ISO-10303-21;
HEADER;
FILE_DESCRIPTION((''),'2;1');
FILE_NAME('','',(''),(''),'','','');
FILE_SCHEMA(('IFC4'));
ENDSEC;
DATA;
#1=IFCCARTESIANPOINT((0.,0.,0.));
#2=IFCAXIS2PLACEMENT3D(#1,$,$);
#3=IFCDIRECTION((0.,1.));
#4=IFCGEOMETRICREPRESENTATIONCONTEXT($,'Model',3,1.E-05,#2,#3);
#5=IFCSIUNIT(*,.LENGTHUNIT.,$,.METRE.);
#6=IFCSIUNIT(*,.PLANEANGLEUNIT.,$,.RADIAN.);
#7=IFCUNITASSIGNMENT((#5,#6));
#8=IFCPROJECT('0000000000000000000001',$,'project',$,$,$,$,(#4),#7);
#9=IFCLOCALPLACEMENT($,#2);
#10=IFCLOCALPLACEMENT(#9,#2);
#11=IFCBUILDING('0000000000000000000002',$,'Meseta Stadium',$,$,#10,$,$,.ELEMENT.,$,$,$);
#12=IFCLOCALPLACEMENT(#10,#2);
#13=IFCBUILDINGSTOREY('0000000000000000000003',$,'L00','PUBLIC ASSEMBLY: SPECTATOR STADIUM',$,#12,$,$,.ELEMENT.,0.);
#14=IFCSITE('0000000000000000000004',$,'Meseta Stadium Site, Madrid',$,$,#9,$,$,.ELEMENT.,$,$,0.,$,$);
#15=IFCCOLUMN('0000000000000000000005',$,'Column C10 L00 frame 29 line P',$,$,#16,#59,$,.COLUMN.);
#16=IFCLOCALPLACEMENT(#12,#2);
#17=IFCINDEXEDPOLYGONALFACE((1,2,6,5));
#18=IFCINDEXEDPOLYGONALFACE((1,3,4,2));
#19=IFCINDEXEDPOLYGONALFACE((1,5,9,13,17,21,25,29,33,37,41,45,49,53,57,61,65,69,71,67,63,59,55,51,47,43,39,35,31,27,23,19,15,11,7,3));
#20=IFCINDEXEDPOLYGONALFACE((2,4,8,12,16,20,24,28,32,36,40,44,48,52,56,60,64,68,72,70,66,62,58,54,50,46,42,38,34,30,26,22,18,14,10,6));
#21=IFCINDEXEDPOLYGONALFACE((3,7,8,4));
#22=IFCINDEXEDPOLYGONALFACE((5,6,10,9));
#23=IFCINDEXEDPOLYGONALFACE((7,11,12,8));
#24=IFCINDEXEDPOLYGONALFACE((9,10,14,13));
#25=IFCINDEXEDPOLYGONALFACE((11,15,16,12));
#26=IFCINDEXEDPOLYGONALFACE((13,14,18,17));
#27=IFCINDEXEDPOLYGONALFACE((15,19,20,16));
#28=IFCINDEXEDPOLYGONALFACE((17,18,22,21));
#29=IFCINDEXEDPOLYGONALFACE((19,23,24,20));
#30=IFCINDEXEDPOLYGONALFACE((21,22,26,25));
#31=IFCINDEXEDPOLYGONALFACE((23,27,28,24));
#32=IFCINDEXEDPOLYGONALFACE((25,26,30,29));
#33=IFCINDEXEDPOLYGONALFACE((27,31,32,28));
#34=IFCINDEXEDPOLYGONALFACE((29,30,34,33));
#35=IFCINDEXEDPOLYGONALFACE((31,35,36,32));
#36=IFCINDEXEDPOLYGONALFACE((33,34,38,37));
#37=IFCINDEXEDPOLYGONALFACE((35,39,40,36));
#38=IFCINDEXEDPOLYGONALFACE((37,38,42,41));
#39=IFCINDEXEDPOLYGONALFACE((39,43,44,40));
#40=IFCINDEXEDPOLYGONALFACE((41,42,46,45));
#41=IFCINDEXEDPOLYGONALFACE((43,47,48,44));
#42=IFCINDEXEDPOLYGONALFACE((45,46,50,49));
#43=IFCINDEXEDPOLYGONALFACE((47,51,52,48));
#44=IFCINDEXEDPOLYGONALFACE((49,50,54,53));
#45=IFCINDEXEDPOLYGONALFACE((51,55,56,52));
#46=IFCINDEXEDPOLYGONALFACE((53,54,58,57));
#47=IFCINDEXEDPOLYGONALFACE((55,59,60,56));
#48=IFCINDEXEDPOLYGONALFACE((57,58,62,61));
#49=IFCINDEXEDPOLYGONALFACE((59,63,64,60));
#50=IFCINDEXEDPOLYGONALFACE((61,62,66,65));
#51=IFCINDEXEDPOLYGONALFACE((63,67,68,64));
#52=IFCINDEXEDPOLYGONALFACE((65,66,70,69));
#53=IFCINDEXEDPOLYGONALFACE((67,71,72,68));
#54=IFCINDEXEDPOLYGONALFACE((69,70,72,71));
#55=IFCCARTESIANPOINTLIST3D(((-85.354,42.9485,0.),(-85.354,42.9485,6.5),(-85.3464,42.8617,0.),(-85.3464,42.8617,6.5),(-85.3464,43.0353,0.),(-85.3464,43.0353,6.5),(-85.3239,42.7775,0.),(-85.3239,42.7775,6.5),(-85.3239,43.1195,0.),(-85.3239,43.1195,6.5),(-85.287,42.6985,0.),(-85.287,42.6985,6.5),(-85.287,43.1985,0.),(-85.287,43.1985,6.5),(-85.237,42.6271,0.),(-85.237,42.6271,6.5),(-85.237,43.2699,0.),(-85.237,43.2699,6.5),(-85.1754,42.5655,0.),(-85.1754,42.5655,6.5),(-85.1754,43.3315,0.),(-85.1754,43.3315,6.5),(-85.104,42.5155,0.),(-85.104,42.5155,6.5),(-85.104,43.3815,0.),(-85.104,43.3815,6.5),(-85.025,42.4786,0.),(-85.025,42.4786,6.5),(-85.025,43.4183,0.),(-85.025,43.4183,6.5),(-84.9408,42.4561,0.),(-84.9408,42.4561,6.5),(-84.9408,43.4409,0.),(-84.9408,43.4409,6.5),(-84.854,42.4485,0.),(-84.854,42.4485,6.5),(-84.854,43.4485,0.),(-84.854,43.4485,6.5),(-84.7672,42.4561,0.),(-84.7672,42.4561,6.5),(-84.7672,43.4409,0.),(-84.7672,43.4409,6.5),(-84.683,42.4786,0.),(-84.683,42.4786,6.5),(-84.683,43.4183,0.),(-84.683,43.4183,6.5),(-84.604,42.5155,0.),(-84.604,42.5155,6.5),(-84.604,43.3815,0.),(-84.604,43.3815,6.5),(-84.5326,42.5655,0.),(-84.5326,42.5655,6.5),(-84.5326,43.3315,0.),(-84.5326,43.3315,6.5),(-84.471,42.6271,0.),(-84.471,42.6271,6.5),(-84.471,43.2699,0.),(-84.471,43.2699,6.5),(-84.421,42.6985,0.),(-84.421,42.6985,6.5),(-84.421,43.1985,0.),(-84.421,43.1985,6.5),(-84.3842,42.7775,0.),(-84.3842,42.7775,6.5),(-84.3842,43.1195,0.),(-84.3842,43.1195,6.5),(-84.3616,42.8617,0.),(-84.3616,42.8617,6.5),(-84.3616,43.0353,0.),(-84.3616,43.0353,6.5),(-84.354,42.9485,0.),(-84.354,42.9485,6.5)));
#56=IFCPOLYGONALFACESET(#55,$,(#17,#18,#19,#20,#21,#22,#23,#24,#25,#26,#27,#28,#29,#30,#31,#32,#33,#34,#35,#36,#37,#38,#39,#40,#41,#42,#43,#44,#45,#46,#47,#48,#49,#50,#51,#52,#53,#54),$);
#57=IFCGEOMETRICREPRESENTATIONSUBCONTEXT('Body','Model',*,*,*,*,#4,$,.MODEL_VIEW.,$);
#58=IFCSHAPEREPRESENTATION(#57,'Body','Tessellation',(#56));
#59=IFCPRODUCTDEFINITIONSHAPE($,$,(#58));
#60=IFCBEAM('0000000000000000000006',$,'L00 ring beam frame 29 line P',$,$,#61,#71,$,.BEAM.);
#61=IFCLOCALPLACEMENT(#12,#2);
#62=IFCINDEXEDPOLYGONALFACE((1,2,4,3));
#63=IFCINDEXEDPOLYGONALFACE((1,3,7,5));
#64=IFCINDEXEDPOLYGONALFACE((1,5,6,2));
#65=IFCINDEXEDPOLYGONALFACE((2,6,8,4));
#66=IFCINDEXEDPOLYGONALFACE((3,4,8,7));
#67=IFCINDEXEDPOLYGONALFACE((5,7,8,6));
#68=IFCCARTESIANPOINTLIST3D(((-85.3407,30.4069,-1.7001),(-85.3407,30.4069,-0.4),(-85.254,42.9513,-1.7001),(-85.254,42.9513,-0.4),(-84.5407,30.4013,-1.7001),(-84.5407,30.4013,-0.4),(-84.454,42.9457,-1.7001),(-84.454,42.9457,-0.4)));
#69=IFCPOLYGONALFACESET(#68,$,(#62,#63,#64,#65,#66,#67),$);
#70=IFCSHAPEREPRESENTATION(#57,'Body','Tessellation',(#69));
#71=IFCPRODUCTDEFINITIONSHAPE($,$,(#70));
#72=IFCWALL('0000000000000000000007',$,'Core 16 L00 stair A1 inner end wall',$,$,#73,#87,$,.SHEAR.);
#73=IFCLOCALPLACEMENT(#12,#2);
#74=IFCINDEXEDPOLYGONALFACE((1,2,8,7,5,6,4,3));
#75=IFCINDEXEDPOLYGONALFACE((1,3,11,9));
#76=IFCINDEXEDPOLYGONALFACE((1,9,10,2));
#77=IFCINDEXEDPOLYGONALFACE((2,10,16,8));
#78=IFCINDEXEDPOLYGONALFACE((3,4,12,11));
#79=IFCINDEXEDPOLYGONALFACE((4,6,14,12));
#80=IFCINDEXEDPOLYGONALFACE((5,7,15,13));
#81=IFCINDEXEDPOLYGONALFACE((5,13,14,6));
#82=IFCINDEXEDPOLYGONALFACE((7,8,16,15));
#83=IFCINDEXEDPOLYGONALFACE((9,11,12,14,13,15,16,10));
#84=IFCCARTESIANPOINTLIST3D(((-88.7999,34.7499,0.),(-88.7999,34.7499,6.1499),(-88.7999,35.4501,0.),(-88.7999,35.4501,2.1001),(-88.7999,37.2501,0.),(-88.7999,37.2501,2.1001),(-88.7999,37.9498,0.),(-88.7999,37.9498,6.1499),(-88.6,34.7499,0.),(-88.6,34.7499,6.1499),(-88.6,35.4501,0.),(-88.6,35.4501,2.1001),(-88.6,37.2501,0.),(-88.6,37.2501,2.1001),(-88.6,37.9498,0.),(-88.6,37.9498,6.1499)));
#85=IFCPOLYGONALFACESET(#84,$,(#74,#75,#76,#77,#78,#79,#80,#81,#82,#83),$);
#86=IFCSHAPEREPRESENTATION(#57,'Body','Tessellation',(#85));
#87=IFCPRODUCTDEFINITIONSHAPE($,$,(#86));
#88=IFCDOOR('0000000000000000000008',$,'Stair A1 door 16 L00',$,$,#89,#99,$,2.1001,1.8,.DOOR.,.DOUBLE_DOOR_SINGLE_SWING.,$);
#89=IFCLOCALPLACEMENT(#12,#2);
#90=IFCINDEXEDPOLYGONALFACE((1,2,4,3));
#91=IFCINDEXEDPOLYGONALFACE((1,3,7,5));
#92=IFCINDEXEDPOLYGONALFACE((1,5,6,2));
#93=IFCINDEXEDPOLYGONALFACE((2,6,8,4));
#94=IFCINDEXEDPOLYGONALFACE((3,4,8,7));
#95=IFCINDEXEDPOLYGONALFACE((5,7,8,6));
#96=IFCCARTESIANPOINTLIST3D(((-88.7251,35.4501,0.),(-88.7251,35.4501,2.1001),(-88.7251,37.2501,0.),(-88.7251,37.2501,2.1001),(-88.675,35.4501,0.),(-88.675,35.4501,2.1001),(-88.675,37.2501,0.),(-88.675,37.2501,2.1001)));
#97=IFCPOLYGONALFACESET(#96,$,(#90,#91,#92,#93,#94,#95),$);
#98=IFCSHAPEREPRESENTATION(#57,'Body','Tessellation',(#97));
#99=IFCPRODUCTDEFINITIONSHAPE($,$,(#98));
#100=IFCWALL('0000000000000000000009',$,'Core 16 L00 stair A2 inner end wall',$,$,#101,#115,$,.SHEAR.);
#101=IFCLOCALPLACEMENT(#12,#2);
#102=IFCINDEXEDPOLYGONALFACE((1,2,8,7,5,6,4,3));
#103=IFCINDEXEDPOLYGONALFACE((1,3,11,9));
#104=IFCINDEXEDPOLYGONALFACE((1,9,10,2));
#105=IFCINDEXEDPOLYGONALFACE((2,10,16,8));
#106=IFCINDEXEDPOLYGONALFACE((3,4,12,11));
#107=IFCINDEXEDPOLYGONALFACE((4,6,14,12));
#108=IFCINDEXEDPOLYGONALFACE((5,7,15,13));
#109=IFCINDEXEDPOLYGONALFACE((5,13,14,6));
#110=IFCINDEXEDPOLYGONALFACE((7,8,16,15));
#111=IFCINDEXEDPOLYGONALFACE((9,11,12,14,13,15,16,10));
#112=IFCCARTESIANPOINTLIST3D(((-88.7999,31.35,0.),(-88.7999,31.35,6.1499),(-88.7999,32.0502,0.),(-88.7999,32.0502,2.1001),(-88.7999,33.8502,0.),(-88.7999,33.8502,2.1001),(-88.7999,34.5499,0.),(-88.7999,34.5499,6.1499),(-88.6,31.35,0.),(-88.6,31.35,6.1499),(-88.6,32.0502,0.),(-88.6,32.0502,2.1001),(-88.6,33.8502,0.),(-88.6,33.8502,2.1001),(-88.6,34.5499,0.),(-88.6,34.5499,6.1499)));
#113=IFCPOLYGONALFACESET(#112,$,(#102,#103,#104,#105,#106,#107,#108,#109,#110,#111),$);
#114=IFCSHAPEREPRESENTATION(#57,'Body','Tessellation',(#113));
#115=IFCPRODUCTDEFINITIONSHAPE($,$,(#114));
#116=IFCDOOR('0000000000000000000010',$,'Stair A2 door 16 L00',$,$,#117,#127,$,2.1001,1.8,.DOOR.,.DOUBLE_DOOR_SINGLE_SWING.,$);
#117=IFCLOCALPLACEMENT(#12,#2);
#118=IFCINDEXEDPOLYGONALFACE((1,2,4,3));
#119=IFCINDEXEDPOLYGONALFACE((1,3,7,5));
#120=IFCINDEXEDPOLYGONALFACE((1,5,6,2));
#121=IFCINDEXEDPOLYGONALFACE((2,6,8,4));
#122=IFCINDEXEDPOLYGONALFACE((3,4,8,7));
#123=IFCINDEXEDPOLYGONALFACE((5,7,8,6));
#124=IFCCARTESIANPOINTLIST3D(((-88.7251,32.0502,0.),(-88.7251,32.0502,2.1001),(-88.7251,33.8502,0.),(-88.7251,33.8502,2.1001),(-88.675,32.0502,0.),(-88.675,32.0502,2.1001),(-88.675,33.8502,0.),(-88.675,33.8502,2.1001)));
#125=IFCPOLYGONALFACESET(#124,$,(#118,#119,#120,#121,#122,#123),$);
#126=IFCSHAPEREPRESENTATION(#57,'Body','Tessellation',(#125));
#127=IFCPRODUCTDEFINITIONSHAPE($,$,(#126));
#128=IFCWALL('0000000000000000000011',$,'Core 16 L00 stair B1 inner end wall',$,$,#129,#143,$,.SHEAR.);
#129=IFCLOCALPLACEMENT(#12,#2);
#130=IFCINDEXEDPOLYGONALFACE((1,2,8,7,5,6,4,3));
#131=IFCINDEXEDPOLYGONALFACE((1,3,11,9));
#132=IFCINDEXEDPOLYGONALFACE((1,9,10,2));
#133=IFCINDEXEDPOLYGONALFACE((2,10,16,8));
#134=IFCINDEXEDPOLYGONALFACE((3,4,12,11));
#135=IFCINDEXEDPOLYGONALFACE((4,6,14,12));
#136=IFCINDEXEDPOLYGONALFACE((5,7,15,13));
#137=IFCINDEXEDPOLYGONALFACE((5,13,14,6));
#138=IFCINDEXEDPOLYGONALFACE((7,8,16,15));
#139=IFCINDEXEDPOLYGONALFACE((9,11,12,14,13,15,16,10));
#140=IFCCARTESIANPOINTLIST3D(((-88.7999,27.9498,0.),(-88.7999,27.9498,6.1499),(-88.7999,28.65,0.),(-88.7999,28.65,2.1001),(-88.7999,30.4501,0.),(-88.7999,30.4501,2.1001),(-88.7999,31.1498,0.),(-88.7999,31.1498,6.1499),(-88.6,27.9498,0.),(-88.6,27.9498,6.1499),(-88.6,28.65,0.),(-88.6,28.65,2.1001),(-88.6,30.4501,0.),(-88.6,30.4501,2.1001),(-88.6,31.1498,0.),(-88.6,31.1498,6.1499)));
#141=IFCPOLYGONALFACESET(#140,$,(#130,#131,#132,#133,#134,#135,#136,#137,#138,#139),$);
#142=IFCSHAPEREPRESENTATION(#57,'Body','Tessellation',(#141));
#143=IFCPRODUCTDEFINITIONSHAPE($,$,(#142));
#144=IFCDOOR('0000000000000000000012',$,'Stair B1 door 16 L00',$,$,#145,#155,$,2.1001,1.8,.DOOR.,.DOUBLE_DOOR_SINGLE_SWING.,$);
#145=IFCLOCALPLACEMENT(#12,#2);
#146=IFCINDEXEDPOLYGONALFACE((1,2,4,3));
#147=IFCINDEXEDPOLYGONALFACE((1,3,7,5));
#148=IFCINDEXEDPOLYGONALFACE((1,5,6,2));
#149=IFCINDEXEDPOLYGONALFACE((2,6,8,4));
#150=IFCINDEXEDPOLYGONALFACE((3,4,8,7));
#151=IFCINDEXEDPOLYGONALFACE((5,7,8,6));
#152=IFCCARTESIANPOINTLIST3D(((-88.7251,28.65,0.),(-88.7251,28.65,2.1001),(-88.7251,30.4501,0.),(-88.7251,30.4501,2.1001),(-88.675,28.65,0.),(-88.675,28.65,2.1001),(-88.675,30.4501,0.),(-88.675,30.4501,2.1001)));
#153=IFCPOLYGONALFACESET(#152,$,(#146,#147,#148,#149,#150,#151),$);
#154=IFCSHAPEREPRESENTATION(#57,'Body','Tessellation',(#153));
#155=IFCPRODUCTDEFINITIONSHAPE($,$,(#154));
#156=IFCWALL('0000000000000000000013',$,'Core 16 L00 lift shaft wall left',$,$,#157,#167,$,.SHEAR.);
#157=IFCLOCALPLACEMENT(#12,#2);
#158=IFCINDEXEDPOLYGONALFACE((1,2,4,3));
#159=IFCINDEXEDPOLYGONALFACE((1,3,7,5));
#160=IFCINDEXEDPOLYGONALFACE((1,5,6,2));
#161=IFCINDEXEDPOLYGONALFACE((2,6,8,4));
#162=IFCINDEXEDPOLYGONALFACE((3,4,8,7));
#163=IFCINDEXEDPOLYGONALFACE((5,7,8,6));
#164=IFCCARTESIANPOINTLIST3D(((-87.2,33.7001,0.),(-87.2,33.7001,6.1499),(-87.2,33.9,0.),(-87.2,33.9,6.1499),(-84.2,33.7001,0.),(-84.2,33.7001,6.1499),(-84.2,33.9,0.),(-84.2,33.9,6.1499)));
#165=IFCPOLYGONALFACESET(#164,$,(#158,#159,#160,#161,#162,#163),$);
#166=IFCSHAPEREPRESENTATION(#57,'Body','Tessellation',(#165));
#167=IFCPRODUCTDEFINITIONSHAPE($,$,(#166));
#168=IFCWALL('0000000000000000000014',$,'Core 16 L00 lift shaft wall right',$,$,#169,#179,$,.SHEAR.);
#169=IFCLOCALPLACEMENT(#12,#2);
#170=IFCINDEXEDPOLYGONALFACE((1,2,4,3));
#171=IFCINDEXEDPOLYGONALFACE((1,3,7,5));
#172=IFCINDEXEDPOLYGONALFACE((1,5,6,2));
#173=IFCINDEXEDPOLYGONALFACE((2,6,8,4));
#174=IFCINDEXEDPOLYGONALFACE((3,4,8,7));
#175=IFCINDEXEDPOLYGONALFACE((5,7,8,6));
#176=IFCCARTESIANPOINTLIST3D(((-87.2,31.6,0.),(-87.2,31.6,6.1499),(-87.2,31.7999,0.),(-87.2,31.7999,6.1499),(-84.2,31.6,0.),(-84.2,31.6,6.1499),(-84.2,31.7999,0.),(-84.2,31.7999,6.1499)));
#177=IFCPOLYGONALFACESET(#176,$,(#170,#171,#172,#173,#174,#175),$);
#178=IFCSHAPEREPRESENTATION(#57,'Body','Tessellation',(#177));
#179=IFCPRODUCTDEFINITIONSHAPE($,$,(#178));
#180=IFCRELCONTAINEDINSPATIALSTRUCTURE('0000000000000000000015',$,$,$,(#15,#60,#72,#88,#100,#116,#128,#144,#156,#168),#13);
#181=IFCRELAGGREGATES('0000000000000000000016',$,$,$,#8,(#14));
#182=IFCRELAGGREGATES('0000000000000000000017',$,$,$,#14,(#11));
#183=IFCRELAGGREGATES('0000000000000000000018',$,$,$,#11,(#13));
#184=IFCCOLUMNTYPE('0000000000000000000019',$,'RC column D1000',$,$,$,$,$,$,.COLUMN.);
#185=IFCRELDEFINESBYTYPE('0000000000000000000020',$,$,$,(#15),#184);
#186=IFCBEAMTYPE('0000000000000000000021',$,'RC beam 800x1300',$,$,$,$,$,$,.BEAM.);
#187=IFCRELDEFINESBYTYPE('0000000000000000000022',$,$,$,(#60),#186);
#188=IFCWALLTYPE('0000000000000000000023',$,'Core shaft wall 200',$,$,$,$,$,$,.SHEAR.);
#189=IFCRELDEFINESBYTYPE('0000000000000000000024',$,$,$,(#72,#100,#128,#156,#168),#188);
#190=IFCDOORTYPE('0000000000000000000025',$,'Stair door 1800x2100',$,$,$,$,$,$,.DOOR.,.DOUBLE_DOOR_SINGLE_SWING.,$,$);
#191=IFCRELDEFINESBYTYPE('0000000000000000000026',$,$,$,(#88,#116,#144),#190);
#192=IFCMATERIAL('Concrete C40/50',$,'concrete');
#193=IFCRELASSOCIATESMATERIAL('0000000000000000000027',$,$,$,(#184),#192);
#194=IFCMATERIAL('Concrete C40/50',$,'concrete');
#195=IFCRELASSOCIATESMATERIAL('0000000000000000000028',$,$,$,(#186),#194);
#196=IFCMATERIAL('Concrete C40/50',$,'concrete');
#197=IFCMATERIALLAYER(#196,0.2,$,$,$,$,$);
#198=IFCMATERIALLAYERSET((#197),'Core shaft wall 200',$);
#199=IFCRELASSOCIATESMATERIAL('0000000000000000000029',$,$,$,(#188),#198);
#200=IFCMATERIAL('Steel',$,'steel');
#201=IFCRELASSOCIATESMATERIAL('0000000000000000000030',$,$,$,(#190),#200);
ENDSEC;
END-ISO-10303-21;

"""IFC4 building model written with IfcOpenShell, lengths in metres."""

from ifc_helpers import new_model, si_unit, direction, frame, frame_2d, origin, origin_2d, place, context, subcontext, project, spatial, rectangle, circle, extrude, material, layer, layer_set, material_profile, profile_set, type_object, element, fill, save


model = new_model("IFC4")

# Units and contexts
model_context = context("Model", 3, precision=1e-05, world=origin(), true_north=direction((0.0, 1.0)))
body_context = subcontext(model_context, "Body", "Model", "MODEL_VIEW")
ifc_project = project(units=[si_unit("LENGTHUNIT", "METRE"), si_unit("PLANEANGLEUNIT", "RADIAN")], contexts=[model_context])

# Site, building, storey
site_placement = place(None, origin())
site = spatial("IfcSite", under=ifc_project, at=site_placement, Name="Meseta Stadium Site, Madrid", CompositionType="ELEMENT", RefElevation=0.0)
building_placement = place(site_placement, origin())
building = spatial("IfcBuilding", under=site, at=building_placement, Name="Meseta Stadium", CompositionType="ELEMENT")
storey_placement = place(building_placement, origin())
storey = spatial("IfcBuildingStorey", under=building, at=storey_placement, Name="L00", Description="PUBLIC ASSEMBLY: SPECTATOR STADIUM", CompositionType="ELEMENT", Elevation=0.0)

# Column
ifc_material_1 = material(Name="Concrete C40/50", Category="concrete")
ifc_material_profile_1 = material_profile(ifc_material_1, circle(Radius=0.5, at=origin_2d()), Name="RC D1000")
ifc_profile_set_1 = profile_set([ifc_material_profile_1], Name="Concrete C40/50")
column_type = type_object("IfcColumnType", Name="RC column D1000", PredefinedType="COLUMN", material=ifc_profile_set_1)
column_placement = place(storey_placement, frame((-84.854, 42.9485, 0.0), z_axis=(0.0, 0.0, 1.0), x_axis=(1.0, 0.0, 0.0)))
element("IfcColumn", 1, at=column_placement, inside=storey, type_object=column_type, Name="Column C10 L00 frame 29 line P", PredefinedType="COLUMN", context=body_context, shape_type="SweptSolid", body=[
    extrude(circle(Radius=0.5, at=origin_2d()), origin(), (0.0, 0.0, 1.0), 6.5),
])

# Beam
ifc_material_2 = material(Name="Concrete C40/50", Category="concrete")
ifc_material_profile_2 = material_profile(ifc_material_2, rectangle(XDim=0.8, YDim=1.3, at=origin_2d()), Name="RC 800x1300")
ifc_profile_set_2 = profile_set([ifc_material_profile_2], Name="Concrete C40/50")
beam_type = type_object("IfcBeamType", Name="RC beam 800x1300", PredefinedType="BEAM", material=ifc_profile_set_2)
beam_placement = place(storey_placement, frame((-84.854, 42.9485, -1.05), z_axis=(-0.006909, -0.999976, 0.0), x_axis=(0.999976, -0.006909, 0.0)))
element("IfcBeam", 2, at=beam_placement, inside=storey, type_object=beam_type, Name="L00 ring beam frame 29 line P", PredefinedType="BEAM", context=body_context, shape_type="SweptSolid", body=[
    extrude(rectangle(XDim=0.8, YDim=1.3, at=origin_2d()), origin(), (0.0, 0.0, 1.0), 12.5447),
])

# Walls, openings, doors
ifc_material_3 = material(Name="Concrete C40/50", Category="concrete")
ifc_layer_1 = layer(ifc_material_3, 0.2)
ifc_layer_set_1 = layer_set([ifc_layer_1], Name="Core shaft wall 200")
wall_type_1 = type_object("IfcWallType", Name="Core shaft wall 200", PredefinedType="SHEAR", material=ifc_layer_set_1)
wall_1_placement = place(storey_placement, frame((-88.7, 37.95, 0.0), z_axis=(0.0, 0.0, 1.0), x_axis=(0.0, -1.0, 0.0)))
wall_1 = element("IfcWall", 3, at=wall_1_placement, inside=storey, type_object=wall_type_1, Name="Core 16 L00 stair A1 inner end wall", PredefinedType="SHEAR", context=body_context, shape_type="SweptSolid", body=[
    extrude(rectangle(XDim=3.2, YDim=0.2, at=frame_2d((1.6001, 0.0))), origin(), (0.0, 0.0, 1.0), 6.1499),
])
opening_1_placement = place(wall_1_placement, frame((0.7, 0.0, 0.0)))
opening_1 = element("IfcOpeningElement", 4, at=opening_1_placement, cuts=wall_1, PredefinedType="OPENING", context=body_context, shape_type="SweptSolid", body=[
    extrude(rectangle(XDim=1.8, YDim=2.1001, at=frame_2d((0.8999, 1.05))), frame((0.0, 0.1099, 0.0), z_axis=(0.0, -1.0, 0.0), x_axis=(1.0, 0.0, 0.0)), (0.0, 0.0, 1.0), 0.22),
])
ifc_material_4 = material(Name="Steel", Category="steel")
door_type = type_object("IfcDoorType", Name="Stair door 1800x2100", OperationType="DOUBLE_DOOR_SINGLE_SWING", PredefinedType="DOOR", material=ifc_material_4)
door_1_placement = place(opening_1_placement, origin())
door_1 = element("IfcDoor", 5, at=door_1_placement, inside=storey, type_object=door_type, Name="Stair A1 door 16 L00", OperationType="DOUBLE_DOOR_SINGLE_SWING", OverallHeight=2.1001, OverallWidth=1.8, PredefinedType="DOOR", context=body_context, shape_type="SweptSolid", body=[
    extrude(rectangle(XDim=1.8, YDim=2.1001, at=frame_2d((0.8999, 1.05))), frame((0.0, 0.0249, 0.0), z_axis=(0.0, -1.0, 0.0), x_axis=(1.0, 0.0, 0.0)), (0.0, 0.0, 1.0), 0.05),
])
fill(opening_1, door_1)
wall_2_placement = place(storey_placement, frame((-88.7, 34.55, 0.0), z_axis=(0.0, 0.0, 1.0), x_axis=(0.0, -1.0, 0.0)))
wall_2 = element("IfcWall", 6, at=wall_2_placement, inside=storey, type_object=wall_type_1, Name="Core 16 L00 stair A2 inner end wall", PredefinedType="SHEAR", context=body_context, shape_type="SweptSolid", body=[
    extrude(rectangle(XDim=3.2, YDim=0.2, at=frame_2d((1.6001, 0.0))), origin(), (0.0, 0.0, 1.0), 6.1499),
])
opening_2_placement = place(wall_2_placement, frame((0.7, 0.0, 0.0)))
opening_2 = element("IfcOpeningElement", 7, at=opening_2_placement, cuts=wall_2, PredefinedType="OPENING", context=body_context, shape_type="SweptSolid", body=[
    extrude(rectangle(XDim=1.8, YDim=2.1001, at=frame_2d((0.8999, 1.05))), frame((0.0, 0.1099, 0.0), z_axis=(0.0, -1.0, 0.0), x_axis=(1.0, 0.0, 0.0)), (0.0, 0.0, 1.0), 0.22),
])
door_2_placement = place(opening_2_placement, origin())
door_2 = element("IfcDoor", 8, at=door_2_placement, inside=storey, type_object=door_type, Name="Stair A2 door 16 L00", OperationType="DOUBLE_DOOR_SINGLE_SWING", OverallHeight=2.1001, OverallWidth=1.8, PredefinedType="DOOR", context=body_context, shape_type="SweptSolid", body=[
    extrude(rectangle(XDim=1.8, YDim=2.1001, at=frame_2d((0.8999, 1.05))), frame((0.0, 0.0249, 0.0), z_axis=(0.0, -1.0, 0.0), x_axis=(1.0, 0.0, 0.0)), (0.0, 0.0, 1.0), 0.05),
])
fill(opening_2, door_2)
wall_3_placement = place(storey_placement, frame((-88.7, 31.1499, 0.0), z_axis=(0.0, 0.0, 1.0), x_axis=(0.0, -1.0, 0.0)))
wall_3 = element("IfcWall", 9, at=wall_3_placement, inside=storey, type_object=wall_type_1, Name="Core 16 L00 stair B1 inner end wall", PredefinedType="SHEAR", context=body_context, shape_type="SweptSolid", body=[
    extrude(rectangle(XDim=3.2, YDim=0.2, at=frame_2d((1.6001, 0.0))), origin(), (0.0, 0.0, 1.0), 6.1499),
])
opening_3_placement = place(wall_3_placement, frame((0.7, 0.0, 0.0)))
opening_3 = element("IfcOpeningElement", 10, at=opening_3_placement, cuts=wall_3, PredefinedType="OPENING", context=body_context, shape_type="SweptSolid", body=[
    extrude(rectangle(XDim=1.8, YDim=2.1001, at=frame_2d((0.8999, 1.05))), frame((0.0, 0.1099, 0.0), z_axis=(0.0, -1.0, 0.0), x_axis=(1.0, 0.0, 0.0)), (0.0, 0.0, 1.0), 0.22),
])
door_3_placement = place(opening_3_placement, origin())
door_3 = element("IfcDoor", 11, at=door_3_placement, inside=storey, type_object=door_type, Name="Stair B1 door 16 L00", OperationType="DOUBLE_DOOR_SINGLE_SWING", OverallHeight=2.1001, OverallWidth=1.8, PredefinedType="DOOR", context=body_context, shape_type="SweptSolid", body=[
    extrude(rectangle(XDim=1.8, YDim=2.1001, at=frame_2d((0.8999, 1.05))), frame((0.0, 0.0249, 0.0), z_axis=(0.0, -1.0, 0.0), x_axis=(1.0, 0.0, 0.0)), (0.0, 0.0, 1.0), 0.05),
])
fill(opening_3, door_3)

# Walls
for number, where, z_axis, x_axis, name in (
    (12, (-87.2, 33.8, 0.0), (0.0, 0.0, 1.0), (1.0, 0.0, 0.0), "Core 16 L00 lift shaft wall left"),
    (13, (-87.2, 31.7, 0.0), (0.0, 0.0, 1.0), (1.0, 0.0, 0.0), "Core 16 L00 lift shaft wall right"),
):
    element("IfcWall", number, at=place(storey_placement, frame(where, z_axis=z_axis, x_axis=x_axis)), inside=storey, type_object=wall_type_1, Name=name, PredefinedType="SHEAR", context=body_context, shape_type="SweptSolid", body=[
        extrude(rectangle(XDim=3.0, YDim=0.2, at=frame_2d((1.5, 0.0))), origin(), (0.0, 0.0, 1.0), 6.1499),
    ])

save(model, "model.ifc")
